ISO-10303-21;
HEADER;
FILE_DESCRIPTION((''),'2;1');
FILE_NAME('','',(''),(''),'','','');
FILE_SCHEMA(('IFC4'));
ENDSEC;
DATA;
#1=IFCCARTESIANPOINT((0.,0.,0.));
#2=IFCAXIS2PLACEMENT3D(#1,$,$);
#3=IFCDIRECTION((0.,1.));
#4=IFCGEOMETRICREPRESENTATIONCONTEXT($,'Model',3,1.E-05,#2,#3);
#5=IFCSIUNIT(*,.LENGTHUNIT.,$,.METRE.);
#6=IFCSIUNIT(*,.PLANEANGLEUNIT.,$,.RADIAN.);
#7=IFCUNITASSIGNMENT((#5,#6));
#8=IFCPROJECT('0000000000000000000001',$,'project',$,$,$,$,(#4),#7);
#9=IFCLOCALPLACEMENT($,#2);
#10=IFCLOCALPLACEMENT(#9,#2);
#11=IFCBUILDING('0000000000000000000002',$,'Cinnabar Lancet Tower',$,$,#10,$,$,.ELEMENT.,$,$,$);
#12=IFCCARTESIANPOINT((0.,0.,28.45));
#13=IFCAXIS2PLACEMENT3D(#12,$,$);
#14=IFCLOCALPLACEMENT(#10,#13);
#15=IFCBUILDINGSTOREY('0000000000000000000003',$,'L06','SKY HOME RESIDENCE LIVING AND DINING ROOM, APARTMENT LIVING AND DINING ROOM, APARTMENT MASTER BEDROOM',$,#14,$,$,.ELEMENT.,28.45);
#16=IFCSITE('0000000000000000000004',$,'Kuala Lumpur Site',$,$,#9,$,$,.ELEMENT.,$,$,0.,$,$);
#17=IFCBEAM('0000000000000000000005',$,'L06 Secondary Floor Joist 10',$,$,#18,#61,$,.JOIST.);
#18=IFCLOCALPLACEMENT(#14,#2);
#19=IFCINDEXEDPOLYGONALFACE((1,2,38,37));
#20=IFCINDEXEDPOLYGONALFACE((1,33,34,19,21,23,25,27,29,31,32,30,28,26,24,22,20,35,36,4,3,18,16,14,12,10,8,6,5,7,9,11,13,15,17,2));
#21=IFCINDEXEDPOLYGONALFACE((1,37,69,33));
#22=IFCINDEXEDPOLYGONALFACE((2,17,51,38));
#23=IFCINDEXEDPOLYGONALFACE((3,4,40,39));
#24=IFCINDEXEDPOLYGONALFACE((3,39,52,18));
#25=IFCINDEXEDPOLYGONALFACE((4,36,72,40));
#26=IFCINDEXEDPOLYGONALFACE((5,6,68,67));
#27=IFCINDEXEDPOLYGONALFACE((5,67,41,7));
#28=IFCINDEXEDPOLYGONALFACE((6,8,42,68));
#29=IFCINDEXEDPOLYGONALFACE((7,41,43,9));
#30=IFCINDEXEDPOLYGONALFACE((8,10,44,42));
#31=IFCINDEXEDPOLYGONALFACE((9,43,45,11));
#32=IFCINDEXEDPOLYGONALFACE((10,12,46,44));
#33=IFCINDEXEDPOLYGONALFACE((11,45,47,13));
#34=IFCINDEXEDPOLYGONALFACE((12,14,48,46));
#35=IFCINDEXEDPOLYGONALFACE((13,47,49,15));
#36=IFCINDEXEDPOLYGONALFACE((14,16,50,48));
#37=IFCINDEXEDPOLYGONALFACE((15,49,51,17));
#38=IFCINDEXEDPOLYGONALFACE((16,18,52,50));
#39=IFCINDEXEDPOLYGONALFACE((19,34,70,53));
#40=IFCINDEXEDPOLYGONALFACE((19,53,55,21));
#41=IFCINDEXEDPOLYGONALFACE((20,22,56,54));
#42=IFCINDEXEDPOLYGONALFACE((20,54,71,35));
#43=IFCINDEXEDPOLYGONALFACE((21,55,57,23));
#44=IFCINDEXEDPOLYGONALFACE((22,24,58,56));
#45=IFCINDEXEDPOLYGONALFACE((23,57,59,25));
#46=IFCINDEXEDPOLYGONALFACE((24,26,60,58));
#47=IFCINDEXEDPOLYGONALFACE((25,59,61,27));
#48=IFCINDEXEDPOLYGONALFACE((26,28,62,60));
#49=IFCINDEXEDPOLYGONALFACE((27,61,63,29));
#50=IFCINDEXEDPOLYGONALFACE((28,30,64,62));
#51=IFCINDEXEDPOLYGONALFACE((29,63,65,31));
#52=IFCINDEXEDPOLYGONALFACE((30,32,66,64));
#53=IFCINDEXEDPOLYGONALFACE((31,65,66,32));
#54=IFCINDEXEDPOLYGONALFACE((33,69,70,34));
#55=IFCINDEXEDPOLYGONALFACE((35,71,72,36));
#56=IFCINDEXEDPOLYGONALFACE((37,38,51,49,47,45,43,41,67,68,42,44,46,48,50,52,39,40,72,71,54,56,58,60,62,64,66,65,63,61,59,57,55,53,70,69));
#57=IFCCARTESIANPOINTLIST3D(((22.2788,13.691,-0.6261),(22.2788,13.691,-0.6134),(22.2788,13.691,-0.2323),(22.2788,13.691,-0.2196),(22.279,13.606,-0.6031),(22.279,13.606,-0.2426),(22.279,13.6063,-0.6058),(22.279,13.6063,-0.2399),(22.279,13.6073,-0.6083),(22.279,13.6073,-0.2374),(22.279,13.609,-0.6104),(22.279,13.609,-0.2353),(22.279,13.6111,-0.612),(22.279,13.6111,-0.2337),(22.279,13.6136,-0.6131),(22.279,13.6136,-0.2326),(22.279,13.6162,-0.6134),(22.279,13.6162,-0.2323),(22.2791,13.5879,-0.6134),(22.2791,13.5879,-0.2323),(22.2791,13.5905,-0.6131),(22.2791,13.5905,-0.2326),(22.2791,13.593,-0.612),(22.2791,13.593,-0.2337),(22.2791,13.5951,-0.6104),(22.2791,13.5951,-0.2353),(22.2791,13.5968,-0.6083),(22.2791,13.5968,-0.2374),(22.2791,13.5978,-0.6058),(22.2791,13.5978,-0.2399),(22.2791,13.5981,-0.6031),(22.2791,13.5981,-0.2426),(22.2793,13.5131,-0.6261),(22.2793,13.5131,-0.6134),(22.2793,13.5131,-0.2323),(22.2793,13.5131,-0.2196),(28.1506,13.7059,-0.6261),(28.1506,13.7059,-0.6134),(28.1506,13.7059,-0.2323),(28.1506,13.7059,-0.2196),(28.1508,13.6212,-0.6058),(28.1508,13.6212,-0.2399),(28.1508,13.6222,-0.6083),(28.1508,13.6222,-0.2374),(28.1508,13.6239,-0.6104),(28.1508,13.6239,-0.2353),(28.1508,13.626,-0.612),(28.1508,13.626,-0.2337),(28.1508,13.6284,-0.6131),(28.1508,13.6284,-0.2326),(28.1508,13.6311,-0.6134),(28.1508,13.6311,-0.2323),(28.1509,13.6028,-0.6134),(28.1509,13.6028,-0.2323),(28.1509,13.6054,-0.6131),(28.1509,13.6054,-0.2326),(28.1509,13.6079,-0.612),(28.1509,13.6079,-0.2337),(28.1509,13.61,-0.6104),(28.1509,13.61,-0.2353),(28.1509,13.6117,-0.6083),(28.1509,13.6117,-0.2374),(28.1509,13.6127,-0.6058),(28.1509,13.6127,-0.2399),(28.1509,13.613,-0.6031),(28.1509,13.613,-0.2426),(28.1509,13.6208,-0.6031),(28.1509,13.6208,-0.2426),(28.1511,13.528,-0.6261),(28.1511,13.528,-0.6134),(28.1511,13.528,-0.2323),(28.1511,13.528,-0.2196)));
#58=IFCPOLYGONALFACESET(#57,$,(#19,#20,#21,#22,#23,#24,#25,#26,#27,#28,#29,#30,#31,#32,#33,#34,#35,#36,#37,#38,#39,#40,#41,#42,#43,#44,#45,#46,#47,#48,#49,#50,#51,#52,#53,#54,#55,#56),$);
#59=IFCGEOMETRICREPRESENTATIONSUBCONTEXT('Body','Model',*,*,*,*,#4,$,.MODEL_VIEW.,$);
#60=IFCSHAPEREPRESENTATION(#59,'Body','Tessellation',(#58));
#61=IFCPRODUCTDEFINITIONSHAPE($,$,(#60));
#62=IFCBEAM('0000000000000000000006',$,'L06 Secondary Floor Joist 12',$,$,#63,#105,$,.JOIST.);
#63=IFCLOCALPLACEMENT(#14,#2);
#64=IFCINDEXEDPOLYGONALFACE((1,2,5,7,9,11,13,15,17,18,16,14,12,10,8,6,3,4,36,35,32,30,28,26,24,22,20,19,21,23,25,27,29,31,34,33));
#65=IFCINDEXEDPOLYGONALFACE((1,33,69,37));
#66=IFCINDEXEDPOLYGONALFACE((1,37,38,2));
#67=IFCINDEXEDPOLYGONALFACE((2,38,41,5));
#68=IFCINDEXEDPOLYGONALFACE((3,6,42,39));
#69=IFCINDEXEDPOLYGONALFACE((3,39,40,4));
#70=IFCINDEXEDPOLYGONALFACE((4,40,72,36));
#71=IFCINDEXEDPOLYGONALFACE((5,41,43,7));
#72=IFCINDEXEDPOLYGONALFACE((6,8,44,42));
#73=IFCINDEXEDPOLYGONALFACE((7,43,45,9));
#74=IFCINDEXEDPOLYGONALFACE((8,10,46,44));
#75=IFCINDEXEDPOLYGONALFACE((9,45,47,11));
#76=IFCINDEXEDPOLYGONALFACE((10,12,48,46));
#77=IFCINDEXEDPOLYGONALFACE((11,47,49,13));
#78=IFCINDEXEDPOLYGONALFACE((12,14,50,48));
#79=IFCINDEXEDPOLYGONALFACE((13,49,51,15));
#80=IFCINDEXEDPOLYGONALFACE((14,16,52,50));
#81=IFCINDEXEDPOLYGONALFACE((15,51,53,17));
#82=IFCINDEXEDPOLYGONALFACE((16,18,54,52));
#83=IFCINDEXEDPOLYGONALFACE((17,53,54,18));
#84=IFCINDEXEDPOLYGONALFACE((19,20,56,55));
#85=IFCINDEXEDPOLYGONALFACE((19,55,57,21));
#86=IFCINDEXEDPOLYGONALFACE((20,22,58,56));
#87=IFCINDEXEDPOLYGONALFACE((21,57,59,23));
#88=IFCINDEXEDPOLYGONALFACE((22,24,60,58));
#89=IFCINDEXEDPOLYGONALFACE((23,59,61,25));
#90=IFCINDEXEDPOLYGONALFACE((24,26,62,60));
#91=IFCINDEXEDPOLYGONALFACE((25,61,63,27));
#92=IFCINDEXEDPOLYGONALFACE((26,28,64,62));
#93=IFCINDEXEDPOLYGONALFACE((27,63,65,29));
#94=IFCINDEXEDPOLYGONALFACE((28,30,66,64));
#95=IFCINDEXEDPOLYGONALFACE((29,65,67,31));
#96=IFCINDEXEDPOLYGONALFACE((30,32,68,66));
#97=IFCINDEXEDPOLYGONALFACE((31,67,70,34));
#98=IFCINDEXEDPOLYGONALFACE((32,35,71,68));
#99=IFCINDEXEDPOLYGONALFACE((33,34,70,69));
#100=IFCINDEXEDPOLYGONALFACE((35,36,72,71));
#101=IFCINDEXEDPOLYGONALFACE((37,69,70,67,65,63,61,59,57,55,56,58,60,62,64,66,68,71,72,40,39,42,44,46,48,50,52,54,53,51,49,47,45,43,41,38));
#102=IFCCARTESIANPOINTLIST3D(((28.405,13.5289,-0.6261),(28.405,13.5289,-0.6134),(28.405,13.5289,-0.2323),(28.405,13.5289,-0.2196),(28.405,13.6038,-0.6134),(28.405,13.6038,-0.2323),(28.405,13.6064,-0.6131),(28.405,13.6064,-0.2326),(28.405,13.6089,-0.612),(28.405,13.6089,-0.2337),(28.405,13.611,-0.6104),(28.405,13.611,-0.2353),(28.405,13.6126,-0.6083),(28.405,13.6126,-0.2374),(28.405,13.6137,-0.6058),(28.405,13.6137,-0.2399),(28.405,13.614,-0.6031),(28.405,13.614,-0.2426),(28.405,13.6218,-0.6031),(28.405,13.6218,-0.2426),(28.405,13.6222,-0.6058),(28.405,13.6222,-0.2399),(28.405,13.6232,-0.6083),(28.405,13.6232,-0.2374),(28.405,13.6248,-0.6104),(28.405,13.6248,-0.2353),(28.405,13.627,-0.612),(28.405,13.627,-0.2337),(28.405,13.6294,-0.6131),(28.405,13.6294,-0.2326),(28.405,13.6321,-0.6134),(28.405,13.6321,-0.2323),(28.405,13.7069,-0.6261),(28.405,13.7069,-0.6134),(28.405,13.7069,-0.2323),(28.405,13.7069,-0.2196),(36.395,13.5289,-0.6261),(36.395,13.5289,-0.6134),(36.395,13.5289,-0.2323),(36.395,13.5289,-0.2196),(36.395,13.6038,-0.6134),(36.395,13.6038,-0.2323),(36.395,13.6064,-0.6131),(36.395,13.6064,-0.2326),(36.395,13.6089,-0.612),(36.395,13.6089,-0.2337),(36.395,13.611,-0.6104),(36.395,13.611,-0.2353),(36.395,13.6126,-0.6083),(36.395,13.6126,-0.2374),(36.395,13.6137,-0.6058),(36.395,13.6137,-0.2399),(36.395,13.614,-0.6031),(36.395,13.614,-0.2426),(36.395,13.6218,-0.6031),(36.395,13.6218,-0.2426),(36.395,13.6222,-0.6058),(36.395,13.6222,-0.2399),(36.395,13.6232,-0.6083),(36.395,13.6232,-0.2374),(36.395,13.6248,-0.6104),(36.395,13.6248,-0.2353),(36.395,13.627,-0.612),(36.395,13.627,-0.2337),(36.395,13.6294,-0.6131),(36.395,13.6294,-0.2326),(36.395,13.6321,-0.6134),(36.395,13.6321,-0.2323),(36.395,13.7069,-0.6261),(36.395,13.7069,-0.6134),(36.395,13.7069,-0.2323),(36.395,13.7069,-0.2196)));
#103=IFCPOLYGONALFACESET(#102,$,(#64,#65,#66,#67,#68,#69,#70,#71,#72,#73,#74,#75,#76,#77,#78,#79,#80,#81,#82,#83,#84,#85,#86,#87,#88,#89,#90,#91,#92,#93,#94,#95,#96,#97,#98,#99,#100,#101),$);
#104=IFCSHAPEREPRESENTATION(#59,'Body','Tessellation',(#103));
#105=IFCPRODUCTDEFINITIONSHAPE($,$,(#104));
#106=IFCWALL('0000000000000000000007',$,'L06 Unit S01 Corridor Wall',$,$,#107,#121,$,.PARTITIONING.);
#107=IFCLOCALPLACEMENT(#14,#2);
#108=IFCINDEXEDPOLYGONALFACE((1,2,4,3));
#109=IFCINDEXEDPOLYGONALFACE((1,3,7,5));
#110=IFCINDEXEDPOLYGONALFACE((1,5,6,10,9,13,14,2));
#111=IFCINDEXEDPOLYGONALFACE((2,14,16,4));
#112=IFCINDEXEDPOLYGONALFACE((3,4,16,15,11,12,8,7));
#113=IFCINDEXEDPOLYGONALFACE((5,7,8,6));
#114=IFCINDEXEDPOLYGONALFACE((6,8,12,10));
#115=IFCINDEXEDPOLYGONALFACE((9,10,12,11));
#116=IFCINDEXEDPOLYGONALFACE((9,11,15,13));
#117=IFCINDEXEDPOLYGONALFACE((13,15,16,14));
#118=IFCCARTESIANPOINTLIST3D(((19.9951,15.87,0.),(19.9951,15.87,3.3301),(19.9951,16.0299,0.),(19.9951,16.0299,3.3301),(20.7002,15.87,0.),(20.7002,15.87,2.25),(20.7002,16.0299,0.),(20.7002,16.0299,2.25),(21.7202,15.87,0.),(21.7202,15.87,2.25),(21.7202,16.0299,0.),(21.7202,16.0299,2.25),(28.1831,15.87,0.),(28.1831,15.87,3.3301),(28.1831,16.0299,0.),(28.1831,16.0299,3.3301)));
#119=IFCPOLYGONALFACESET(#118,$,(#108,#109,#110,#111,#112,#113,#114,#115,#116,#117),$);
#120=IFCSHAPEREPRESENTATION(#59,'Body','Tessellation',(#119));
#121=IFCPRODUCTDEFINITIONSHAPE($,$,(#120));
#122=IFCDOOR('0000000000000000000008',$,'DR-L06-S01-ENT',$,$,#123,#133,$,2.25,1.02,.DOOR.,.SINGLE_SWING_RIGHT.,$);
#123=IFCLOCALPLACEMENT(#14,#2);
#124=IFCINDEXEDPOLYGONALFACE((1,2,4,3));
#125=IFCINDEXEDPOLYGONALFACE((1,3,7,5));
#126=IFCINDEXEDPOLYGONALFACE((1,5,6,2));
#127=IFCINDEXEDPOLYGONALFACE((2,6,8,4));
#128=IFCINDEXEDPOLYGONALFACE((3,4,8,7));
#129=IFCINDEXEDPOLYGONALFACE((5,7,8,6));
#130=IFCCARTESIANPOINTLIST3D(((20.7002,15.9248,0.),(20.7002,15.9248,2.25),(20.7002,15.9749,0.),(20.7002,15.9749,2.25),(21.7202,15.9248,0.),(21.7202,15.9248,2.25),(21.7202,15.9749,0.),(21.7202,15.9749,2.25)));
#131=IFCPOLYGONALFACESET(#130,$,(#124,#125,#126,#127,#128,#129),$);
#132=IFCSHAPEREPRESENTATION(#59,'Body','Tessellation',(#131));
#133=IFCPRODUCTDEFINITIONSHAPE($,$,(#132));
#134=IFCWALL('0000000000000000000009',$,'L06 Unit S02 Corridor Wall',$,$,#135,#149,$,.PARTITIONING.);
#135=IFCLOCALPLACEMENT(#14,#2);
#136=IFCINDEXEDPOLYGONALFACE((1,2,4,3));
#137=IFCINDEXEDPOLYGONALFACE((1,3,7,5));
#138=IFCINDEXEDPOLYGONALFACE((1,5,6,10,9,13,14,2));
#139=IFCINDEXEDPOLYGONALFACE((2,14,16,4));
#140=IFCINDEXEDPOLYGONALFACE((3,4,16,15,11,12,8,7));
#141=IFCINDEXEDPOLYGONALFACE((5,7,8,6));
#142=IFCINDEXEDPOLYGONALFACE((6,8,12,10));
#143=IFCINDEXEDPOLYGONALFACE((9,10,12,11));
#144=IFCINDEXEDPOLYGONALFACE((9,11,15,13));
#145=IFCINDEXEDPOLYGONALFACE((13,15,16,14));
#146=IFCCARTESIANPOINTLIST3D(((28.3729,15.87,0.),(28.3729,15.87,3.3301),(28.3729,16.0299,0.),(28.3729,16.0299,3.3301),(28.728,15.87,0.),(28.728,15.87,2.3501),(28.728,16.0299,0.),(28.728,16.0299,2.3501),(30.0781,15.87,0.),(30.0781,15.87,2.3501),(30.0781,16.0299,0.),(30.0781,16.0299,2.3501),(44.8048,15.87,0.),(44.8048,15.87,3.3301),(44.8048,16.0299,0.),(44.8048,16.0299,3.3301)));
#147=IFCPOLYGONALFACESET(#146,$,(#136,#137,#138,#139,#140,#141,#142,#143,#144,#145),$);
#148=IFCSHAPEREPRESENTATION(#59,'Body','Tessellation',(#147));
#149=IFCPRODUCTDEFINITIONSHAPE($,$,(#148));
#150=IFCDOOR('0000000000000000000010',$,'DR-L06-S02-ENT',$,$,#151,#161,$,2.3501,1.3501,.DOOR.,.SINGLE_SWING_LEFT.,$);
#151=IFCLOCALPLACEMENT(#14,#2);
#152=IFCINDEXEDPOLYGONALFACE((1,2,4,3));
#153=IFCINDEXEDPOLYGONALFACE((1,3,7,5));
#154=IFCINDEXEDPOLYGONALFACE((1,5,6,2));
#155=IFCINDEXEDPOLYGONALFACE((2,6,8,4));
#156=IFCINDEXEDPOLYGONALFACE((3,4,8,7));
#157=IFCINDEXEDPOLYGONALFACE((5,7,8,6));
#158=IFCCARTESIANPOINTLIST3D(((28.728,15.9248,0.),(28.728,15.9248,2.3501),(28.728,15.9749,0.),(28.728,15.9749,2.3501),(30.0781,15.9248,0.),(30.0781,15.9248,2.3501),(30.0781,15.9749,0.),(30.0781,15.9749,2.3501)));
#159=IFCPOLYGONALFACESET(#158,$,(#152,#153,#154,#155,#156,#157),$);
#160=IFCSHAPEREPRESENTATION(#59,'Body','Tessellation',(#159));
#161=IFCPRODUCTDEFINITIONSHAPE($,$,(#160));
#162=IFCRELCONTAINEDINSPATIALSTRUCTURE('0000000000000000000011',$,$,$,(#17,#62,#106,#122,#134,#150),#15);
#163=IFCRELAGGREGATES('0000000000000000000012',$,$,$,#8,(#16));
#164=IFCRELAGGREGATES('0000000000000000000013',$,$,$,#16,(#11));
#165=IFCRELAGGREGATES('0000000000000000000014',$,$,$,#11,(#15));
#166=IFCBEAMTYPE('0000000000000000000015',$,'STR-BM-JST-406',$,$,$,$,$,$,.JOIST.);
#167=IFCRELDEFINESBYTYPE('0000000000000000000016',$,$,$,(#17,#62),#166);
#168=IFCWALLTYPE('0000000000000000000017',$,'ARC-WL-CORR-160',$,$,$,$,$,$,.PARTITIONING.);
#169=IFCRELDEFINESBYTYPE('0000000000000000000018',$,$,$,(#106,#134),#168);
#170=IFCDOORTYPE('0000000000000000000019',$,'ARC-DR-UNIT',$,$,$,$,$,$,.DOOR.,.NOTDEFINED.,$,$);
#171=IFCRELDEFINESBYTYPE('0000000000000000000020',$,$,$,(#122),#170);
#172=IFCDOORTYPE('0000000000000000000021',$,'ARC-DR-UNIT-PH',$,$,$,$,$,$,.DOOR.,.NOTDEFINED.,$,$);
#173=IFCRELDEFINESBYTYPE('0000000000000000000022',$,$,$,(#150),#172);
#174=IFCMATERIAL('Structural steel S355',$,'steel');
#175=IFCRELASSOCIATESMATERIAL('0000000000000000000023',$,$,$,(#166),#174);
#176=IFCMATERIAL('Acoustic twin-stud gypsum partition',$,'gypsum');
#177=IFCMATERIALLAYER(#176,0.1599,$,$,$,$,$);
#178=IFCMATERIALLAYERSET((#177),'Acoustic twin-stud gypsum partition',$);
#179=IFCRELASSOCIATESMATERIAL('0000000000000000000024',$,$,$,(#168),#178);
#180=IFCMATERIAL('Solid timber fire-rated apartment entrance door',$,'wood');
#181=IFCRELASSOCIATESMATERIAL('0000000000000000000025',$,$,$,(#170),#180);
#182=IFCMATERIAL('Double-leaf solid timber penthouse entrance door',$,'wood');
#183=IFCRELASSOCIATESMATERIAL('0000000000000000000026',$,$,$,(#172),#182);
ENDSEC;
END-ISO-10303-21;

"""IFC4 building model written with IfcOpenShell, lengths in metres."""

from ifc_helpers import new_model, si_unit, direction, frame, frame_2d, origin, origin_2d, place, context, subcontext, project, spatial, rectangle, i_section, extrude, material, layer, layer_set, material_profile, profile_set, type_object, element, fill, save


model = new_model("IFC4")

# Units and contexts
model_context = context("Model", 3, precision=1e-05, world=origin(), true_north=direction((0.0, 1.0)))
body_context = subcontext(model_context, "Body", "Model", "MODEL_VIEW")
ifc_project = project(units=[si_unit("LENGTHUNIT", "METRE"), si_unit("PLANEANGLEUNIT", "RADIAN")], contexts=[model_context])

# Site, building, storey
site_placement = place(None, origin())
site = spatial("IfcSite", under=ifc_project, at=site_placement, Name="Kuala Lumpur Site", CompositionType="ELEMENT", RefElevation=0.0)
building_placement = place(site_placement, origin())
building = spatial("IfcBuilding", under=site, at=building_placement, Name="Cinnabar Lancet Tower", CompositionType="ELEMENT")
storey_placement = place(building_placement, frame((0.0, 0.0, 28.45)))
storey = spatial("IfcBuildingStorey", under=building, at=storey_placement, Name="L06", Description="SKY HOME RESIDENCE LIVING AND DINING ROOM, APARTMENT LIVING AND DINING ROOM, APARTMENT MASTER BEDROOM", CompositionType="ELEMENT", Elevation=28.45)

# Beams
ifc_material_1 = material(Name="Structural steel S355", Category="steel")
ifc_material_profile_1 = material_profile(ifc_material_1, i_section(OverallWidth=0.178, OverallDepth=0.4065, WebThickness=0.0078, FlangeThickness=0.0127, FilletRadius=0.0103, at=origin_2d()), Name="UKB 406x178x60")
ifc_profile_set_1 = profile_set([ifc_material_profile_1], Name="Structural steel S355")
beam_type = type_object("IfcBeamType", Name="STR-BM-JST-406", PredefinedType="JOIST", material=ifc_profile_set_1)
beam_1_placement = place(storey_placement, frame((22.2791, 13.6021, -0.4229), z_axis=(0.999997, 0.002536, 0.0), x_axis=(-0.002536, 0.999997, 0.0)))
element("IfcBeam", 1, at=beam_1_placement, inside=storey, type_object=beam_type, Name="L06 Secondary Floor Joist 10", PredefinedType="JOIST", context=body_context, shape_type="SweptSolid", body=[
    extrude(i_section(OverallWidth=0.178, OverallDepth=0.4065, WebThickness=0.0078, FlangeThickness=0.0127, FilletRadius=0.0103, at=origin_2d()), origin(), (0.0, 0.0, 1.0), 5.8718),
])
beam_2_placement = place(storey_placement, frame((28.405, 13.6179, -0.4229), z_axis=(1.0, 0.0, 0.0), x_axis=(0.0, 1.0, 0.0)))
element("IfcBeam", 2, at=beam_2_placement, inside=storey, type_object=beam_type, Name="L06 Secondary Floor Joist 12", PredefinedType="JOIST", context=body_context, shape_type="SweptSolid", body=[
    extrude(i_section(OverallWidth=0.178, OverallDepth=0.4065, WebThickness=0.0078, FlangeThickness=0.0127, FilletRadius=0.0103, at=origin_2d()), origin(), (0.0, 0.0, 1.0), 7.99),
])

# Walls, openings, doors
ifc_material_2 = material(Name="Acoustic twin-stud gypsum partition", Category="gypsum")
ifc_layer_1 = layer(ifc_material_2, 0.1599)
ifc_layer_set_1 = layer_set([ifc_layer_1], Name="Acoustic twin-stud gypsum partition")
wall_type_1 = type_object("IfcWallType", Name="ARC-WL-CORR-160", PredefinedType="PARTITIONING", material=ifc_layer_set_1)
wall_1_placement = place(storey_placement, frame((19.9951, 15.95, 0.0), z_axis=(0.0, 0.0, 1.0), x_axis=(1.0, 0.0, 0.0)))
wall_1 = element("IfcWall", 3, at=wall_1_placement, inside=storey, type_object=wall_type_1, Name="L06 Unit S01 Corridor Wall", PredefinedType="PARTITIONING", context=body_context, shape_type="SweptSolid", body=[
    extrude(rectangle(XDim=8.188, YDim=0.1599, at=frame_2d((4.094, 0.0))), origin(), (0.0, 0.0, 1.0), 3.3301),
])
opening_1_placement = place(wall_1_placement, frame((0.7051, 0.0, 0.0)))
opening_1 = element("IfcOpeningElement", 4, at=opening_1_placement, cuts=wall_1, PredefinedType="OPENING", context=body_context, shape_type="SweptSolid", body=[
    extrude(rectangle(XDim=1.02, YDim=2.25, at=frame_2d((0.51, 1.125))), frame((0.0, 0.0898, 0.0), z_axis=(0.0, -1.0, 0.0), x_axis=(1.0, 0.0, 0.0)), (0.0, 0.0, 1.0), 0.1799),
])
ifc_material_3 = material(Name="Solid timber fire-rated apartment entrance door", Category="wood")
door_type_1 = type_object("IfcDoorType", Name="ARC-DR-UNIT", OperationType="NOTDEFINED", PredefinedType="DOOR", material=ifc_material_3)
door_1_placement = place(opening_1_placement, origin())
door_1 = element("IfcDoor", 5, at=door_1_placement, inside=storey, type_object=door_type_1, Name="DR-L06-S01-ENT", OperationType="SINGLE_SWING_RIGHT", OverallHeight=2.25, OverallWidth=1.02, PredefinedType="DOOR", context=body_context, shape_type="SweptSolid", body=[
    extrude(rectangle(XDim=1.02, YDim=2.25, at=frame_2d((0.51, 1.125))), frame((0.0, 0.0249, 0.0), z_axis=(0.0, -1.0, 0.0), x_axis=(1.0, 0.0, 0.0)), (0.0, 0.0, 1.0), 0.05),
])
fill(opening_1, door_1)
wall_2_placement = place(storey_placement, frame((28.373, 15.95, 0.0), z_axis=(0.0, 0.0, 1.0), x_axis=(1.0, 0.0, 0.0)))
wall_2 = element("IfcWall", 6, at=wall_2_placement, inside=storey, type_object=wall_type_1, Name="L06 Unit S02 Corridor Wall", PredefinedType="PARTITIONING", context=body_context, shape_type="SweptSolid", body=[
    extrude(rectangle(XDim=16.4319, YDim=0.1599, at=frame_2d((8.2158, 0.0))), origin(), (0.0, 0.0, 1.0), 3.3301),
])
opening_2_placement = place(wall_2_placement, frame((0.355, 0.0, 0.0)))
opening_2 = element("IfcOpeningElement", 7, at=opening_2_placement, cuts=wall_2, PredefinedType="OPENING", context=body_context, shape_type="SweptSolid", body=[
    extrude(rectangle(XDim=1.3501, YDim=2.3501, at=frame_2d((0.675, 1.175))), frame((0.0, 0.0898, 0.0), z_axis=(0.0, -1.0, 0.0), x_axis=(1.0, 0.0, 0.0)), (0.0, 0.0, 1.0), 0.1799),
])
ifc_material_4 = material(Name="Double-leaf solid timber penthouse entrance door", Category="wood")
door_type_2 = type_object("IfcDoorType", Name="ARC-DR-UNIT-PH", OperationType="NOTDEFINED", PredefinedType="DOOR", material=ifc_material_4)
door_2_placement = place(opening_2_placement, origin())
door_2 = element("IfcDoor", 8, at=door_2_placement, inside=storey, type_object=door_type_2, Name="DR-L06-S02-ENT", OperationType="SINGLE_SWING_LEFT", OverallHeight=2.3501, OverallWidth=1.3501, PredefinedType="DOOR", context=body_context, shape_type="SweptSolid", body=[
    extrude(rectangle(XDim=1.3501, YDim=2.3501, at=frame_2d((0.675, 1.175))), frame((0.0, 0.0249, 0.0), z_axis=(0.0, -1.0, 0.0), x_axis=(1.0, 0.0, 0.0)), (0.0, 0.0, 1.0), 0.05),
])
fill(opening_2, door_2)

save(model, "model.ifc")
